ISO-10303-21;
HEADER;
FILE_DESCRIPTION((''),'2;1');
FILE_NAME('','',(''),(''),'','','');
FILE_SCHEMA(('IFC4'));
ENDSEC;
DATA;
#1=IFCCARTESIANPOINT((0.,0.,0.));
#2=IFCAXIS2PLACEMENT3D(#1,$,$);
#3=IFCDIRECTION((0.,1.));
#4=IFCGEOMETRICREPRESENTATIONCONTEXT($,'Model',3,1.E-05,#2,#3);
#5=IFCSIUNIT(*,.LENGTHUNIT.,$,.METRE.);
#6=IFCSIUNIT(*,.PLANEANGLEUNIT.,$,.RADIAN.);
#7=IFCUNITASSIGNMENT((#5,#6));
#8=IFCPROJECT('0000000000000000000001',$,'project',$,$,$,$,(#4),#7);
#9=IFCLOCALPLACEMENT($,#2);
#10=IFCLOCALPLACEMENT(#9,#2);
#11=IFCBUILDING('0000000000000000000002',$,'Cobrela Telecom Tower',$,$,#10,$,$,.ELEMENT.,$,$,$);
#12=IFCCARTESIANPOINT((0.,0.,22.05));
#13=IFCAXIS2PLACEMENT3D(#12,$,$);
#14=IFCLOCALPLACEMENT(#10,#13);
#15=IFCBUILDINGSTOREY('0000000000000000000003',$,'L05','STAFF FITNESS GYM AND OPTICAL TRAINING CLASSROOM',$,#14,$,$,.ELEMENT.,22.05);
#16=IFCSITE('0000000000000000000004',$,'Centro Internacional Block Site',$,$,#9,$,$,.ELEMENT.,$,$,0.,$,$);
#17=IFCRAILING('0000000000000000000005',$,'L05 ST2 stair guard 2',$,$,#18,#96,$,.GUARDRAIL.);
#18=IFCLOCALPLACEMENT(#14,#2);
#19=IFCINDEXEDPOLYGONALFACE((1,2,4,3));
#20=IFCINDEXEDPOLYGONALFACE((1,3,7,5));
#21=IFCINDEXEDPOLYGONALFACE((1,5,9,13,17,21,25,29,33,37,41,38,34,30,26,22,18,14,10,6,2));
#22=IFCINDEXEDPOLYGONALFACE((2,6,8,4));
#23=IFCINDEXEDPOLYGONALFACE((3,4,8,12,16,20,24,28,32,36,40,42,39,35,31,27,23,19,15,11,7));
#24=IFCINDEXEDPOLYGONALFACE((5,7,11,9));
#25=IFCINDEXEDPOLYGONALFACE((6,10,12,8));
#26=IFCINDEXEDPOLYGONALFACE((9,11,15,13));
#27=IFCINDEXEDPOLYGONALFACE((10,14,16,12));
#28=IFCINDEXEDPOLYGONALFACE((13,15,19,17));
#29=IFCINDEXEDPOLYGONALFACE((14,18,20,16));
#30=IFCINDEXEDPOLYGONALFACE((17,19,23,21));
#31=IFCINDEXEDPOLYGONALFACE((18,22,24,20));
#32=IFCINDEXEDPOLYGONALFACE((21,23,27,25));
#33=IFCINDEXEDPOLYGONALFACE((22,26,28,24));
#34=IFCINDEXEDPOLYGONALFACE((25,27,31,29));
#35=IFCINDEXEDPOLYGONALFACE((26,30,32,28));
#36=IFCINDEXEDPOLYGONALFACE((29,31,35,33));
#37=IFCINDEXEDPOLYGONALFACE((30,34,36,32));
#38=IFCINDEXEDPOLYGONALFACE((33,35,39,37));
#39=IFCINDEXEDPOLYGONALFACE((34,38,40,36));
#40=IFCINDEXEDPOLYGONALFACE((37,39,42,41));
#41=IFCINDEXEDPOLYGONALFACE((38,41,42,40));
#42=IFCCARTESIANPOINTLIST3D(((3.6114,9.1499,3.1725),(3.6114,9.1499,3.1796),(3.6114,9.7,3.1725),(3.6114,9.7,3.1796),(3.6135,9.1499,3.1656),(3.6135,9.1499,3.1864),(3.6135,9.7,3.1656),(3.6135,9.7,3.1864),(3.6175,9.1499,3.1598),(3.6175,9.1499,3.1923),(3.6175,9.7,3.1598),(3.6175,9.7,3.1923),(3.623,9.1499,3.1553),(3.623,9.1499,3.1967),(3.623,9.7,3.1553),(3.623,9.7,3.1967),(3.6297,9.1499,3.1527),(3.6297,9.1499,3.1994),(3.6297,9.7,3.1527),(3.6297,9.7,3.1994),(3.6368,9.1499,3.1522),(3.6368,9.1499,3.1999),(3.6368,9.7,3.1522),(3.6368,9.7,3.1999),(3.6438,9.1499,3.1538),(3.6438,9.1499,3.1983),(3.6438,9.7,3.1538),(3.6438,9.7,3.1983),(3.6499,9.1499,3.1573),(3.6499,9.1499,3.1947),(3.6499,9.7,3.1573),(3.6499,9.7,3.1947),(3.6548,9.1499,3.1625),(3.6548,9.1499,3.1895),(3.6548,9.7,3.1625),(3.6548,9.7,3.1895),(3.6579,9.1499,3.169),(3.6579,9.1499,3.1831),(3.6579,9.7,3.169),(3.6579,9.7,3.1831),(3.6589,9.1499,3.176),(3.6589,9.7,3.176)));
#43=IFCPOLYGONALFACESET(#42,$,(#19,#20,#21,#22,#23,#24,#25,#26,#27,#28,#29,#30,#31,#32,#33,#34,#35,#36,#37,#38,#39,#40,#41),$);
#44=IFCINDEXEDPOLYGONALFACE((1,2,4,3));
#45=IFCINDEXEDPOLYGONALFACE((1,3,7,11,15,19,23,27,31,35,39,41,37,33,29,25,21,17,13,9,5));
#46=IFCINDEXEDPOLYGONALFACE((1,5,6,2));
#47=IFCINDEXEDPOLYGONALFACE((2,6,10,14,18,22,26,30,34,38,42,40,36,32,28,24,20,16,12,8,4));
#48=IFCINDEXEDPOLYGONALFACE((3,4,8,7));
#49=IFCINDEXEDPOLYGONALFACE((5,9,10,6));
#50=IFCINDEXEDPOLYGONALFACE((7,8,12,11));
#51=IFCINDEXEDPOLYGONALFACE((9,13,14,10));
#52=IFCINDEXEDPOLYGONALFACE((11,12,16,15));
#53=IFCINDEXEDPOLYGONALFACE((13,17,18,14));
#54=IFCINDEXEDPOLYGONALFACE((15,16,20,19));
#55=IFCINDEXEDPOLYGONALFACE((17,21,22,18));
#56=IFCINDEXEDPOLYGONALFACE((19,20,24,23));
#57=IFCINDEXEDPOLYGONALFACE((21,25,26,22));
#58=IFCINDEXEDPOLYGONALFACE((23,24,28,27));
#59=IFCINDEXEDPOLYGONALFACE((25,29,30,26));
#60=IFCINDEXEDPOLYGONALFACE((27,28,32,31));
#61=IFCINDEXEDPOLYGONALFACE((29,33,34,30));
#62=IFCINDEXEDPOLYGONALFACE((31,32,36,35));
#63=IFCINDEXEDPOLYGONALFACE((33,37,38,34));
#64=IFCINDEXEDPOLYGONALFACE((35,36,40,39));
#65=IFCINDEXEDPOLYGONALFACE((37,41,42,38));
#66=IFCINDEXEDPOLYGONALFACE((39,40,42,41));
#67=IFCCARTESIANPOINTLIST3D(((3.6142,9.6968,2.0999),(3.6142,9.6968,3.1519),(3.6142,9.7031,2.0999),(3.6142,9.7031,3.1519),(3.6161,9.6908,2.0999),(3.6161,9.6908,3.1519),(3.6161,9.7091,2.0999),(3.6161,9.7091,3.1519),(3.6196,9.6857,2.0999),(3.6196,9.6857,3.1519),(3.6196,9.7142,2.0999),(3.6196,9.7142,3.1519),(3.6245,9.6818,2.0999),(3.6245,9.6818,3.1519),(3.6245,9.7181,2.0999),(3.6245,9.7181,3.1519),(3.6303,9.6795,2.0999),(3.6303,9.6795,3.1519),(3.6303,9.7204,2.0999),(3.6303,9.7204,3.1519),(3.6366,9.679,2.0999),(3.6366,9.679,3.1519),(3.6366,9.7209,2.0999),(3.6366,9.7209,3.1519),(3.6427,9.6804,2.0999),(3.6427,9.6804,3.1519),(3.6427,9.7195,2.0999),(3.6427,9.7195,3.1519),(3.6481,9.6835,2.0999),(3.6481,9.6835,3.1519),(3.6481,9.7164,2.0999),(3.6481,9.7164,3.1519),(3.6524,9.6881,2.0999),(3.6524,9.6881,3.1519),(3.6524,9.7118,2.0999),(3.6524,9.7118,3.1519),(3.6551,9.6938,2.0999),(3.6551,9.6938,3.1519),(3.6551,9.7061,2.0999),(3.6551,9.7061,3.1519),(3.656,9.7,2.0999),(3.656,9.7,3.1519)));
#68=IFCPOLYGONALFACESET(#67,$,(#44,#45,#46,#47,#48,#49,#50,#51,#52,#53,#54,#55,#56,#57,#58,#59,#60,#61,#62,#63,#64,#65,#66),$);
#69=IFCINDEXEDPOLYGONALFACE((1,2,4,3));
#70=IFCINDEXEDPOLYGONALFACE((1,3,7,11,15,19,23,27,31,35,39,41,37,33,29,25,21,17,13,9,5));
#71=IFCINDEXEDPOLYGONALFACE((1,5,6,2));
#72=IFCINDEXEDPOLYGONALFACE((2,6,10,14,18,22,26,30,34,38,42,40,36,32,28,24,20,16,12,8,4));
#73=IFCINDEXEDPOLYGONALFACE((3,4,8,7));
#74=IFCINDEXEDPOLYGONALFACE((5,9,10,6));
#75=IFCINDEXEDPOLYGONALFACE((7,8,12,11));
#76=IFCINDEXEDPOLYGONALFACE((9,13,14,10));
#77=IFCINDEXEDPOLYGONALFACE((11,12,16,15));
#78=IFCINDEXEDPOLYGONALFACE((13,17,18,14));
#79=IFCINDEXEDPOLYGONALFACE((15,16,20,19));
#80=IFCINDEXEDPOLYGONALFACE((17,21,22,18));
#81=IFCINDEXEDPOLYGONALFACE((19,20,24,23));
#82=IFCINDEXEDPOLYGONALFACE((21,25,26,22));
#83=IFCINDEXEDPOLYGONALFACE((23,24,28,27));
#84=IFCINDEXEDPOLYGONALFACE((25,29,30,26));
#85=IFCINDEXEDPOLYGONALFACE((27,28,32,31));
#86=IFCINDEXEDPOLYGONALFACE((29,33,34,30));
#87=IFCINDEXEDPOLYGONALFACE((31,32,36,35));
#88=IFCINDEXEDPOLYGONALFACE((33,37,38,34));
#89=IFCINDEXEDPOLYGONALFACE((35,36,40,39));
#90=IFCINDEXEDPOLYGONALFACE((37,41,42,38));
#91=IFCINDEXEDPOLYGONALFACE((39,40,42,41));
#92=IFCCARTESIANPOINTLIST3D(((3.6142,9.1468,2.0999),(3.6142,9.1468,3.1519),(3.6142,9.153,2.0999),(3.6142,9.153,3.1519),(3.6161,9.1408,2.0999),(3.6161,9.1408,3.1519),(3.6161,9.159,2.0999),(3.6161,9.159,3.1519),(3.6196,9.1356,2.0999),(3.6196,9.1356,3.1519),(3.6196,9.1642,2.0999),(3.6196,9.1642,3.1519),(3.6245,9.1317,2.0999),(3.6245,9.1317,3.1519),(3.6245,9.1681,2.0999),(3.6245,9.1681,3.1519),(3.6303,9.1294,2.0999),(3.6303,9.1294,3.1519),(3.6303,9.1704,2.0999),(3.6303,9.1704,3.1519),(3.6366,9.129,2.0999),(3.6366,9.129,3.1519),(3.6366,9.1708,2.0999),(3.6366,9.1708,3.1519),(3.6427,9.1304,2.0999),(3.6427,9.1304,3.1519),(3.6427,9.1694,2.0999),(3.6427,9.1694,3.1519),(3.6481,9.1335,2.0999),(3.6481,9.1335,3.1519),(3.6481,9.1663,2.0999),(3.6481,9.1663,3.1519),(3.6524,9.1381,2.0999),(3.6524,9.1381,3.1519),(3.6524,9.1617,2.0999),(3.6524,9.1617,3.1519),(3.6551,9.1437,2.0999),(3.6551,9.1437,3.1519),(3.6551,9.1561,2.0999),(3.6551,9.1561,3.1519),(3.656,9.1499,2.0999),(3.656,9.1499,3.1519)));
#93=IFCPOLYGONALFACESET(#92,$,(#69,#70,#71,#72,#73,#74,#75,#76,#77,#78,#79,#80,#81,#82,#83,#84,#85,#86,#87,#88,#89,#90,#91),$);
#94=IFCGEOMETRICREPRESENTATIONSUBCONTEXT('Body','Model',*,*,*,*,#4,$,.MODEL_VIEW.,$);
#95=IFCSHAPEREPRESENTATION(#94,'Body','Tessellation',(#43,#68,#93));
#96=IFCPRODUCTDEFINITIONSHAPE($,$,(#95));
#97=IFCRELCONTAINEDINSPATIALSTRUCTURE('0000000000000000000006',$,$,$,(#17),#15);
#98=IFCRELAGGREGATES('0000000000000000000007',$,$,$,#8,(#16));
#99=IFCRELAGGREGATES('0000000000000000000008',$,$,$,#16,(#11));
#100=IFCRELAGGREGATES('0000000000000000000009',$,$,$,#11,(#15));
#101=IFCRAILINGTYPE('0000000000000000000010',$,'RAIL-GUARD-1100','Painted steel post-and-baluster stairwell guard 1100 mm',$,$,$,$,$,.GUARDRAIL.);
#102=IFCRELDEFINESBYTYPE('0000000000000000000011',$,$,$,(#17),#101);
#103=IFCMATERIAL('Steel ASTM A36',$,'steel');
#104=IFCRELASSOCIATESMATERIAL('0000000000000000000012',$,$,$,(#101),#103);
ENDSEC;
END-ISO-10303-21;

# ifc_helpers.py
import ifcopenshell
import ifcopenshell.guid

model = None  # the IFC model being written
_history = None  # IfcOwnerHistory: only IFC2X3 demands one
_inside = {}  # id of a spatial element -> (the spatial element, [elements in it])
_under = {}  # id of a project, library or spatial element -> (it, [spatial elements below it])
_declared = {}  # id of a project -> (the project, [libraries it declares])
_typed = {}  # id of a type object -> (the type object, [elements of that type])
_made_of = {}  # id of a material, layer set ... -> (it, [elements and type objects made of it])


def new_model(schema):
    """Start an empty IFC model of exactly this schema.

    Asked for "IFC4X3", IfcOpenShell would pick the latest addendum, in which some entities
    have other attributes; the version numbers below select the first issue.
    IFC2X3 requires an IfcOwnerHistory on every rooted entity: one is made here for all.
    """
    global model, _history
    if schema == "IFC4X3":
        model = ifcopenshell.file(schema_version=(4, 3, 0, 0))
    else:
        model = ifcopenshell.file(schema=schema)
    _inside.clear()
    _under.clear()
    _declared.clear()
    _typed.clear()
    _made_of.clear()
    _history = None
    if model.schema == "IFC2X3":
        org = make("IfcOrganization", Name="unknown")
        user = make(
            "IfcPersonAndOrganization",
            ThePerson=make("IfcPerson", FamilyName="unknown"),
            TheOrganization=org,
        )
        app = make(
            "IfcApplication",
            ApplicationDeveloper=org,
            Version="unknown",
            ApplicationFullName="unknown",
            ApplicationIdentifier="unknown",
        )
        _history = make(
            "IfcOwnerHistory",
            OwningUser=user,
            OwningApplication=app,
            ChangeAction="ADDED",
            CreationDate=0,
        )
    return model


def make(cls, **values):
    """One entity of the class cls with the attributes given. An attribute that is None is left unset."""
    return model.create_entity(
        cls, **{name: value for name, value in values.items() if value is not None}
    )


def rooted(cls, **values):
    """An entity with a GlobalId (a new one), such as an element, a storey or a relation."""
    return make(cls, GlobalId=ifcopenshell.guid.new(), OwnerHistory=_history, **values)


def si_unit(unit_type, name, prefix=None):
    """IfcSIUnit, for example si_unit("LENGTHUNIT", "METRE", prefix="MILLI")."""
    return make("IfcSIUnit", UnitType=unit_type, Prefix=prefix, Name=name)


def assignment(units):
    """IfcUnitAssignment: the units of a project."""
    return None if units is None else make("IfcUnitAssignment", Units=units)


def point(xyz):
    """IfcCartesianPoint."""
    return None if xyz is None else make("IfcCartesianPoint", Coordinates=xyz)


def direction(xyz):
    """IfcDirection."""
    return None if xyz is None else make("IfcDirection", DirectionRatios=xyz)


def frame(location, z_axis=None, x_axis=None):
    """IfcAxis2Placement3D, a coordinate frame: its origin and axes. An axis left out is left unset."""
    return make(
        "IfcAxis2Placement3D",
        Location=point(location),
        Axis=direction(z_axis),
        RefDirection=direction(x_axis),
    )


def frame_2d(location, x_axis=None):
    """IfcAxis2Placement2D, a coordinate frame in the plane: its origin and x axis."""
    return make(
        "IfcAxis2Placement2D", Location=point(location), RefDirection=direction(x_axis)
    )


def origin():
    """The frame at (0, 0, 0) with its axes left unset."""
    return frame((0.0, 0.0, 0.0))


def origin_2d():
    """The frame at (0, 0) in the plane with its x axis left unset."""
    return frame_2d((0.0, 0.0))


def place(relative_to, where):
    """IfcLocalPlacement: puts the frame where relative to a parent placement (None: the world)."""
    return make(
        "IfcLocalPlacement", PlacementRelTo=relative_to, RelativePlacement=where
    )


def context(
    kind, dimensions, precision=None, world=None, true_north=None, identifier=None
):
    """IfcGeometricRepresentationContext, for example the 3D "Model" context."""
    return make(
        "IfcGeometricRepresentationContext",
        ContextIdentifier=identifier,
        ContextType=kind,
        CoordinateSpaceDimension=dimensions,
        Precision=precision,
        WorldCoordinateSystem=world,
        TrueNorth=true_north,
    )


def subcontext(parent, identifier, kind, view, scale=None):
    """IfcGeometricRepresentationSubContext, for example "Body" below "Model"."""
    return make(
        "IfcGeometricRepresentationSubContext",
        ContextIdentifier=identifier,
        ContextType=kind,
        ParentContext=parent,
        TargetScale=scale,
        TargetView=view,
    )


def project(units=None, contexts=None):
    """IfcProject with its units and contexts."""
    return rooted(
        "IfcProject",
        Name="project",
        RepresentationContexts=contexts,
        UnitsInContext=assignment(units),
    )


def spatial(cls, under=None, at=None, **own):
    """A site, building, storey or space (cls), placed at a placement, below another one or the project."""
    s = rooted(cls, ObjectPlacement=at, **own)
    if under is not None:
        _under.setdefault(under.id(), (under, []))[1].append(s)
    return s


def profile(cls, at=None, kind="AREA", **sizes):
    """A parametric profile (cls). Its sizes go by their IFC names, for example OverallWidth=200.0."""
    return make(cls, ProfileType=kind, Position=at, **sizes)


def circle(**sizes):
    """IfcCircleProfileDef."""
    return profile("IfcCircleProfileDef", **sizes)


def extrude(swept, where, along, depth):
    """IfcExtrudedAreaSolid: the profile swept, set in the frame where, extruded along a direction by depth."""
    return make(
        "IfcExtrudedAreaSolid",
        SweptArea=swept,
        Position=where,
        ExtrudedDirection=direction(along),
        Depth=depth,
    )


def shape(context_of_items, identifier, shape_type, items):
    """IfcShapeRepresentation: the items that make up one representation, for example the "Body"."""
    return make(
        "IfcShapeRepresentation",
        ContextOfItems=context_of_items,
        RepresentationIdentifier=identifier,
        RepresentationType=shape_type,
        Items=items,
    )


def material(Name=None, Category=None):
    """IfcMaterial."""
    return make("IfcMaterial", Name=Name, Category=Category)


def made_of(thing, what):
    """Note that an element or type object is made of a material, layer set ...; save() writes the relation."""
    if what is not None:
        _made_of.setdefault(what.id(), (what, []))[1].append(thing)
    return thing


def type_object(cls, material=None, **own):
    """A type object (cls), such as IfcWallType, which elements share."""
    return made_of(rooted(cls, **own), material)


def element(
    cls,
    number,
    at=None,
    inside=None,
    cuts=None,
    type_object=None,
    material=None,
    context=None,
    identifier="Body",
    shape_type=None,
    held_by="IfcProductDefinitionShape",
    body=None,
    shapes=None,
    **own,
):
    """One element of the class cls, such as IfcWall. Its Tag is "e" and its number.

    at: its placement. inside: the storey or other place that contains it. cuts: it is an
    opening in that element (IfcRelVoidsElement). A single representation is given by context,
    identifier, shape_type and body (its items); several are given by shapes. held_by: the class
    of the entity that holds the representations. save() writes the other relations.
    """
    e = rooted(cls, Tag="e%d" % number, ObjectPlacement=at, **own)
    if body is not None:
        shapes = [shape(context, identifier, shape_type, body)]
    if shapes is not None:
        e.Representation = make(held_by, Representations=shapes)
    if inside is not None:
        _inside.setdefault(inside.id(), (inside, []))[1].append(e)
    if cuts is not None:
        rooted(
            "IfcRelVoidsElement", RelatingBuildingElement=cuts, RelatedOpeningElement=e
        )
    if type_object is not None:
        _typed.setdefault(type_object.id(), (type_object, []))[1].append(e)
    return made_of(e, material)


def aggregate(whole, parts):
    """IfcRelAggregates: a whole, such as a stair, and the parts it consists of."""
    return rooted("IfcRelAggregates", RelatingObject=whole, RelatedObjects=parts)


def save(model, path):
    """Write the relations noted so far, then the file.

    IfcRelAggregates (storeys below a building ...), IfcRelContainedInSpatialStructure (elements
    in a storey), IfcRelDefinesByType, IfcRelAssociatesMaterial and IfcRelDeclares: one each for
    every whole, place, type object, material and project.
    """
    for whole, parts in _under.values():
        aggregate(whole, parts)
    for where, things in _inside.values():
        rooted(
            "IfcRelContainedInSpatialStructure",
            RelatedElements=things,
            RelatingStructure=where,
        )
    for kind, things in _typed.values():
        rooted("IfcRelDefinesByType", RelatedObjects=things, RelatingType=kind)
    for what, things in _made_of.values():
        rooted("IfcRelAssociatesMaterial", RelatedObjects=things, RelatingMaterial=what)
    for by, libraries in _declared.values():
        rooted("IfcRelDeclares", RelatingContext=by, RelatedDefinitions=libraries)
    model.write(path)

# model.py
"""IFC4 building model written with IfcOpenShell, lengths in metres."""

from ifc_helpers import new_model, si_unit, direction, frame, origin, origin_2d, place, context, subcontext, project, spatial, circle, extrude, material, type_object, element, save


model = new_model("IFC4")

# Units and contexts
model_context = context("Model", 3, precision=1e-05, world=origin(), true_north=direction((0.0, 1.0)))
body_context = subcontext(model_context, "Body", "Model", "MODEL_VIEW")
ifc_project = project(units=[si_unit("LENGTHUNIT", "METRE"), si_unit("PLANEANGLEUNIT", "RADIAN")], contexts=[model_context])

# Site, building, storey
site_placement = place(None, origin())
site = spatial("IfcSite", under=ifc_project, at=site_placement, Name="Centro Internacional Block Site", CompositionType="ELEMENT", RefElevation=0.0)
building_placement = place(site_placement, origin())
building = spatial("IfcBuilding", under=site, at=building_placement, Name="Cobrela Telecom Tower", CompositionType="ELEMENT")
storey_placement = place(building_placement, frame((0.0, 0.0, 22.05)))
storey = spatial("IfcBuildingStorey", under=building, at=storey_placement, Name="L05", Description="STAFF FITNESS GYM AND OPTICAL TRAINING CLASSROOM", CompositionType="ELEMENT", Elevation=22.05)

# Shared definitions
ifc_material_1 = material(Name="Steel ASTM A36", Category="steel")

# Railing
railing_type_1 = type_object("IfcRailingType", Name="RAIL-GUARD-1100", Description="Painted steel post-and-baluster stairwell guard 1100 mm", PredefinedType="GUARDRAIL", material=ifc_material_1)
railing_1_placement = place(storey_placement, frame((3.635, 9.7, 2.0999)))
element("IfcRailing", 1, at=railing_1_placement, inside=storey, type_object=railing_type_1, Name="L05 ST2 stair guard 2", PredefinedType="GUARDRAIL", context=body_context, shape_type="SweptSolid", body=[
    extrude(circle(Radius=0.0239, at=origin_2d()), frame((0.0, 0.0, 1.0762), z_axis=(0.0, -1.0, 0.0), x_axis=(1.0, 0.0, 0.0)), (0.0, 0.0, 1.0), 0.55),
    extrude(circle(Radius=0.021, at=origin_2d()), origin(), (0.0, 0.0, 1.0), 1.052),
    extrude(circle(Radius=0.021, at=origin_2d()), frame((0.0, -0.55, 0.0)), (0.0, 0.0, 1.0), 1.052),
])

save(model, "model.ifc")
